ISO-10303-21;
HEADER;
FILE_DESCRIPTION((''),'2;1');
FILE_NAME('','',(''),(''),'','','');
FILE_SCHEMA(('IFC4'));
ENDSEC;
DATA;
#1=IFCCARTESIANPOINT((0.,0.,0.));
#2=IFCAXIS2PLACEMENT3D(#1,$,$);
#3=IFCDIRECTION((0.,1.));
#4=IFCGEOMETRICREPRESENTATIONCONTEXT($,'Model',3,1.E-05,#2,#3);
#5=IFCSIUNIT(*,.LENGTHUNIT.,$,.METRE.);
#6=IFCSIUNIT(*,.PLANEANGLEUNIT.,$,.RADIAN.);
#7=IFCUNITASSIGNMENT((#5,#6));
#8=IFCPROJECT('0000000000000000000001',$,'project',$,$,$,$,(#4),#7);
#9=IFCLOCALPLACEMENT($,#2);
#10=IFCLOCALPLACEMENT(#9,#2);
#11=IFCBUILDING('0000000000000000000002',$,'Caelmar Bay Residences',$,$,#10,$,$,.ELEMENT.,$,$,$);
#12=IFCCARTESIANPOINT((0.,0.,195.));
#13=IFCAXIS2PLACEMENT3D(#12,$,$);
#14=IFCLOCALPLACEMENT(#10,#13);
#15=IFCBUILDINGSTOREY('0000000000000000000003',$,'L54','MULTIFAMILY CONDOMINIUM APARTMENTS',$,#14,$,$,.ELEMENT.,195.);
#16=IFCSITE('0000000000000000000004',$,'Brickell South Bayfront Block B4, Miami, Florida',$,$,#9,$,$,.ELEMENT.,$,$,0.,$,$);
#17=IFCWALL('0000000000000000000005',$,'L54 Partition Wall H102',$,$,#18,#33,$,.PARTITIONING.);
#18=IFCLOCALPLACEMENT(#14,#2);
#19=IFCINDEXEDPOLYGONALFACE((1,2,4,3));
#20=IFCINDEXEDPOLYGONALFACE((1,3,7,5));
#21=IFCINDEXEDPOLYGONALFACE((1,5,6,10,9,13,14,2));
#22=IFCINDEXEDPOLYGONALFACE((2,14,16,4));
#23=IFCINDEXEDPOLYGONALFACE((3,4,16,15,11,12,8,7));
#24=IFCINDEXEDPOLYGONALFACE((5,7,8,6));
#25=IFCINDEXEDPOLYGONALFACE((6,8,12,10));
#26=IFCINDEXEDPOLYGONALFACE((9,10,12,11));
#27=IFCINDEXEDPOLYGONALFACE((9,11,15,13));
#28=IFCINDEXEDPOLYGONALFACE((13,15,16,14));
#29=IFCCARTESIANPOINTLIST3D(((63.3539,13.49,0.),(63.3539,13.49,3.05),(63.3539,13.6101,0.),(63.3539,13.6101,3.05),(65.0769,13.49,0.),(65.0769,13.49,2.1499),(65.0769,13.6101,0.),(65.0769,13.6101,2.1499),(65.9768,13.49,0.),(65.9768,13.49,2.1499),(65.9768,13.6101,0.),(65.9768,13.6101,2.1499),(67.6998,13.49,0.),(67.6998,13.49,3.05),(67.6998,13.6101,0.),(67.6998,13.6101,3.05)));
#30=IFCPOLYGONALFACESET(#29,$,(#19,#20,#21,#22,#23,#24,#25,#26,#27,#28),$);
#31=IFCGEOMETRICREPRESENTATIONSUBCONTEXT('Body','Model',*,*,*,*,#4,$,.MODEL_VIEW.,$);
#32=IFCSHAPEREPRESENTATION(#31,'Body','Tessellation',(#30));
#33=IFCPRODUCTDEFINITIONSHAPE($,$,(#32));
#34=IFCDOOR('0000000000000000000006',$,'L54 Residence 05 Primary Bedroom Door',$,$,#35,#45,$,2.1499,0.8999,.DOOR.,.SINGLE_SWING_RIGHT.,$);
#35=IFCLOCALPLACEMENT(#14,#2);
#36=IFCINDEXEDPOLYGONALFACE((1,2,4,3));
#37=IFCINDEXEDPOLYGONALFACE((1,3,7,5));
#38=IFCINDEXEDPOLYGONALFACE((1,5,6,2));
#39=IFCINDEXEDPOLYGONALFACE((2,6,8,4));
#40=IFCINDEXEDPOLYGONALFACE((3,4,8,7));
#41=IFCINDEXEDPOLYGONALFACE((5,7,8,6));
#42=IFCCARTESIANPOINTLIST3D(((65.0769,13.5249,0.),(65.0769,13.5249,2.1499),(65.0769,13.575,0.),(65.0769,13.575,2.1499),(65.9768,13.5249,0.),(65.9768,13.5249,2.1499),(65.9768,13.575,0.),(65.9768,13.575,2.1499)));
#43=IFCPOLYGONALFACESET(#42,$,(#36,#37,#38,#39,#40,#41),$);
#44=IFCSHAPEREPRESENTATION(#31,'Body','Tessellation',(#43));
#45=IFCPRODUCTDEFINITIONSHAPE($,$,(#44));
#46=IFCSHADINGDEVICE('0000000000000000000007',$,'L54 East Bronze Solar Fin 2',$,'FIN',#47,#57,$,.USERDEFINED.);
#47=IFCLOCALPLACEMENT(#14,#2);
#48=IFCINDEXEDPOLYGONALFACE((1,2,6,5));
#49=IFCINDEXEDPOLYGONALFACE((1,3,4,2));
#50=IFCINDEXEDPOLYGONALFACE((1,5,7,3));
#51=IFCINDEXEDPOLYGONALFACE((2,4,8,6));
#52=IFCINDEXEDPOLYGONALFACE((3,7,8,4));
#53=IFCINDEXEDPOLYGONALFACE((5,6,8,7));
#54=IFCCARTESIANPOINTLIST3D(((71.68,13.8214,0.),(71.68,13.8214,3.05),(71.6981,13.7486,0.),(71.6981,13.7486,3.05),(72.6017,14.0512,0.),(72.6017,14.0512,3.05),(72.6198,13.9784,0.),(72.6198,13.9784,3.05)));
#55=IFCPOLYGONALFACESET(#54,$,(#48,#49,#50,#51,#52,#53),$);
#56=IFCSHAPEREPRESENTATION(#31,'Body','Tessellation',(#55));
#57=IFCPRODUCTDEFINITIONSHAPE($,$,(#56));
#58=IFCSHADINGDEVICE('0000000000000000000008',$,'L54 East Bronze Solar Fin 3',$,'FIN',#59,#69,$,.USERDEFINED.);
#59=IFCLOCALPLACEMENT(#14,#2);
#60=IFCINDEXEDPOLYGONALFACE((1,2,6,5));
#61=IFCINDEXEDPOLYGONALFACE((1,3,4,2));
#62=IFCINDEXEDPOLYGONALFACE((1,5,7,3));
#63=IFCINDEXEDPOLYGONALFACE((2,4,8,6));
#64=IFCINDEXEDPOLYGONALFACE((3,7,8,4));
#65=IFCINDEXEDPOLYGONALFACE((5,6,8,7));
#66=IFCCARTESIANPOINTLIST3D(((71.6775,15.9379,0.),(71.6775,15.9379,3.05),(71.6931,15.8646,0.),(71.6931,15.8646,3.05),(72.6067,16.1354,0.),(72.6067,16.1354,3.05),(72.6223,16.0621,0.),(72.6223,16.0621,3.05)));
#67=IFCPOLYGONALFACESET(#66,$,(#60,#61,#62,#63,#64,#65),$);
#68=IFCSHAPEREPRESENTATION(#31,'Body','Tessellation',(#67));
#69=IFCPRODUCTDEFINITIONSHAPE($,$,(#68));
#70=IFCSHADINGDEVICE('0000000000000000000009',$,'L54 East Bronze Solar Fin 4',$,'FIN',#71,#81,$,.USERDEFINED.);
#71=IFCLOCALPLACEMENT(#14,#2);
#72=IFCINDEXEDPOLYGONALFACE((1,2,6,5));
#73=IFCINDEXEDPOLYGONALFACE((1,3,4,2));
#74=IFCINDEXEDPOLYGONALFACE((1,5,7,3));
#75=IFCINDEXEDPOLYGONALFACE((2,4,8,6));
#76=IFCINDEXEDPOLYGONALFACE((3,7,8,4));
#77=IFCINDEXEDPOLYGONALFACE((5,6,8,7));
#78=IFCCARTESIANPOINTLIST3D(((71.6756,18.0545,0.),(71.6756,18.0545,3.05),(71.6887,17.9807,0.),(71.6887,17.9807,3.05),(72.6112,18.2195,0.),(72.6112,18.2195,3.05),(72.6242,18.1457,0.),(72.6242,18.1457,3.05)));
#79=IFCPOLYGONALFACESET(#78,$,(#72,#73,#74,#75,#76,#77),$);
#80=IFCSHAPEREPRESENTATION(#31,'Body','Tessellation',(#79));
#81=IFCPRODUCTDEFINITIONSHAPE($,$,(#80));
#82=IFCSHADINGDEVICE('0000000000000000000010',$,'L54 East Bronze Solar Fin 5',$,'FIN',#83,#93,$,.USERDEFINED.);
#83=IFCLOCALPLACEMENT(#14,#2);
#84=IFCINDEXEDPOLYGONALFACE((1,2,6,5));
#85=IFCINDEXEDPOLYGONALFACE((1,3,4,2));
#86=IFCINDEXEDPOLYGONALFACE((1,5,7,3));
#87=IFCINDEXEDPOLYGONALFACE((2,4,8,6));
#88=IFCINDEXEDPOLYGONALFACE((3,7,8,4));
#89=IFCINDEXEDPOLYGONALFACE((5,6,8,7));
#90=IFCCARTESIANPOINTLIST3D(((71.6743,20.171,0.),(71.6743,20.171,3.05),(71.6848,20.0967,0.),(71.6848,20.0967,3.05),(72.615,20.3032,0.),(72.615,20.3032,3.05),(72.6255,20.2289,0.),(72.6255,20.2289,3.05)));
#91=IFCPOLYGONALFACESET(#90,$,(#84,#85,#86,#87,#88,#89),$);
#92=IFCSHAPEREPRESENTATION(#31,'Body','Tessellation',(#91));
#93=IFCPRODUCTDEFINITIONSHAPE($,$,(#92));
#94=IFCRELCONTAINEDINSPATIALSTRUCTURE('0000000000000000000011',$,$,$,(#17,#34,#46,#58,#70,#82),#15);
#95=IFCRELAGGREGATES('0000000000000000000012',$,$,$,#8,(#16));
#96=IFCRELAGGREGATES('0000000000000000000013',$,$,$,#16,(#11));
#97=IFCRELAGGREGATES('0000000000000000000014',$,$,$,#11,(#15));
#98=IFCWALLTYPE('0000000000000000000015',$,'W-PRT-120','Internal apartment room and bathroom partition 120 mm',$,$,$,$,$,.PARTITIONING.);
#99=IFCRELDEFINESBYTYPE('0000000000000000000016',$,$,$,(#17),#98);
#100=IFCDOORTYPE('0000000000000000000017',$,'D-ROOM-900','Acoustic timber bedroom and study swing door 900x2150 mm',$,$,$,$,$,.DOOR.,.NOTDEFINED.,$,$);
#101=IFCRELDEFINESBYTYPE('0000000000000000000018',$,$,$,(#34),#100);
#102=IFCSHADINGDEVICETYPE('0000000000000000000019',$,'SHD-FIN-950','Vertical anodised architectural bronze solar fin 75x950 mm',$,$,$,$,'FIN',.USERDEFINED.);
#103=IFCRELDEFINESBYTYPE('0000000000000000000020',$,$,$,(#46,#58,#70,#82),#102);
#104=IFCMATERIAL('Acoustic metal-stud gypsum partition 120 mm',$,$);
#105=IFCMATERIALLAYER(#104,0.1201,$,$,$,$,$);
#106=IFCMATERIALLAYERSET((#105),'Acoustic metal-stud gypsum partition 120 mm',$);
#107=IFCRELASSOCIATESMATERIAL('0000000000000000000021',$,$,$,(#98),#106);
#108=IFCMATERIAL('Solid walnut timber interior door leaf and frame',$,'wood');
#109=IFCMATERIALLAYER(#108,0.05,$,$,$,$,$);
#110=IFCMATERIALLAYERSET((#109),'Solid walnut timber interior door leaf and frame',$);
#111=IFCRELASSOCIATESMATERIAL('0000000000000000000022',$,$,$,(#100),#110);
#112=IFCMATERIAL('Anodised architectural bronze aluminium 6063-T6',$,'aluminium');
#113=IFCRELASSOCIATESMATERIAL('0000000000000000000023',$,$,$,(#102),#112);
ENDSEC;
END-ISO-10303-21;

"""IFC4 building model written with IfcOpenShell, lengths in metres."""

from ifc_helpers import new_model, si_unit, direction, frame, frame_2d, origin, origin_2d, place, context, subcontext, project, spatial, rectangle, extrude, material, layer, layer_set, material_profile, profile_set, type_object, element, fill, save


model = new_model("IFC4")

# Units and contexts
model_context = context("Model", 3, precision=1e-05, world=origin(), true_north=direction((0.0, 1.0)))
body_context = subcontext(model_context, "Body", "Model", "MODEL_VIEW")
ifc_project = project(units=[si_unit("LENGTHUNIT", "METRE"), si_unit("PLANEANGLEUNIT", "RADIAN")], contexts=[model_context])

# Site, building, storey
site_placement = place(None, origin())
site = spatial("IfcSite", under=ifc_project, at=site_placement, Name="Brickell South Bayfront Block B4, Miami, Florida", CompositionType="ELEMENT", RefElevation=0.0)
building_placement = place(site_placement, origin())
building = spatial("IfcBuilding", under=site, at=building_placement, Name="Caelmar Bay Residences", CompositionType="ELEMENT")
storey_placement = place(building_placement, frame((0.0, 0.0, 195.0)))
storey = spatial("IfcBuildingStorey", under=building, at=storey_placement, Name="L54", Description="MULTIFAMILY CONDOMINIUM APARTMENTS", CompositionType="ELEMENT", Elevation=195.0)

# Shared definitions
ifc_material_1 = material(Name="Acoustic metal-stud gypsum partition 120 mm")
ifc_layer_1 = layer(ifc_material_1, 0.1201)
ifc_layer_set_1 = layer_set([ifc_layer_1], Name="Acoustic metal-stud gypsum partition 120 mm")
wall_type = type_object("IfcWallType", Name="W-PRT-120", Description="Internal apartment room and bathroom partition 120 mm", PredefinedType="PARTITIONING", material=ifc_layer_set_1)

# Wall, opening, door
wall_1_placement = place(storey_placement, frame((63.354, 13.55, 0.0), z_axis=(0.0, 0.0, 1.0), x_axis=(1.0, 0.0, 0.0)))
wall_1 = element("IfcWall", 1, at=wall_1_placement, inside=storey, type_object=wall_type, Name="L54 Partition Wall H102", PredefinedType="PARTITIONING", context=body_context, shape_type="SweptSolid", body=[
    extrude(rectangle(XDim=4.3459, YDim=0.1201, at=frame_2d((2.1729, 0.0))), origin(), (0.0, 0.0, 1.0), 3.05),
])
opening_placement = place(wall_1_placement, frame((1.7229, 0.0, 0.0)))
opening = element("IfcOpeningElement", 2, at=opening_placement, cuts=wall_1, PredefinedType="OPENING", context=body_context, shape_type="SweptSolid", body=[
    extrude(rectangle(XDim=0.8999, YDim=2.1499, at=frame_2d((0.45, 1.075))), frame((0.0, 0.0701, 0.0), z_axis=(0.0, -1.0, 0.0), x_axis=(1.0, 0.0, 0.0)), (0.0, 0.0, 1.0), 0.1401),
])
ifc_material_2 = material(Name="Solid walnut timber interior door leaf and frame", Category="wood")
ifc_layer_2 = layer(ifc_material_2, 0.05)
ifc_layer_set_2 = layer_set([ifc_layer_2], Name="Solid walnut timber interior door leaf and frame")
door_type = type_object("IfcDoorType", Name="D-ROOM-900", Description="Acoustic timber bedroom and study swing door 900x2150 mm", OperationType="NOTDEFINED", PredefinedType="DOOR", material=ifc_layer_set_2)
door_placement = place(opening_placement, origin())
door = element("IfcDoor", 3, at=door_placement, inside=storey, type_object=door_type, Name="L54 Residence 05 Primary Bedroom Door", OperationType="SINGLE_SWING_RIGHT", OverallHeight=2.1499, OverallWidth=0.8999, PredefinedType="DOOR", context=body_context, shape_type="SweptSolid", body=[
    extrude(rectangle(XDim=0.8999, YDim=2.1499, at=frame_2d((0.45, 1.075))), frame((0.0, 0.0249, 0.0), z_axis=(0.0, -1.0, 0.0), x_axis=(1.0, 0.0, 0.0)), (0.0, 0.0, 1.0), 0.05),
])
fill(opening, door)

# Shading devices
ifc_material_3 = material(Name="Anodised architectural bronze aluminium 6063-T6", Category="aluminium")
ifc_material_profile_1 = material_profile(ifc_material_3, rectangle(XDim=0.075, YDim=0.95, at=origin_2d()), Name="BRONZE-FIN-75X950")
ifc_profile_set_1 = profile_set([ifc_material_profile_1], Name="Anodised architectural bronze aluminium 6063-T6")
shading_device_type = type_object("IfcShadingDeviceType", Name="SHD-FIN-950", Description="Vertical anodised architectural bronze solar fin 75x950 mm", ElementType="FIN", PredefinedType="USERDEFINED", material=ifc_profile_set_1)
for number, where, z_axis, x_axis, name in (
    (4, (72.1499, 13.8999, 0.0), (0.0, 0.0, 1.0), (-0.241922, 0.970296, 0.0), "L54 East Bronze Solar Fin 2"),
    (5, (72.1499, 16.0, 0.0), (0.0, 0.0, 1.0), (-0.207912, 0.978148, 0.0), "L54 East Bronze Solar Fin 3"),
    (6, (72.1499, 18.1001, 0.0), (0.0, 0.0, 1.0), (-0.173648, 0.984808, 0.0), "L54 East Bronze Solar Fin 4"),
    (7, (72.1499, 20.2, 0.0), (0.0, 0.0, 1.0), (-0.139173, 0.990268, 0.0), "L54 East Bronze Solar Fin 5"),
):
    element("IfcShadingDevice", number, at=place(storey_placement, frame(where, z_axis=z_axis, x_axis=x_axis)), inside=storey, type_object=shading_device_type, Name=name, ObjectType="FIN", PredefinedType="USERDEFINED", context=body_context, shape_type="SweptSolid", body=[
        extrude(rectangle(XDim=0.075, YDim=0.95, at=origin_2d()), origin(), (0.0, 0.0, 1.0), 3.05),
    ])

save(model, "model.ifc")
